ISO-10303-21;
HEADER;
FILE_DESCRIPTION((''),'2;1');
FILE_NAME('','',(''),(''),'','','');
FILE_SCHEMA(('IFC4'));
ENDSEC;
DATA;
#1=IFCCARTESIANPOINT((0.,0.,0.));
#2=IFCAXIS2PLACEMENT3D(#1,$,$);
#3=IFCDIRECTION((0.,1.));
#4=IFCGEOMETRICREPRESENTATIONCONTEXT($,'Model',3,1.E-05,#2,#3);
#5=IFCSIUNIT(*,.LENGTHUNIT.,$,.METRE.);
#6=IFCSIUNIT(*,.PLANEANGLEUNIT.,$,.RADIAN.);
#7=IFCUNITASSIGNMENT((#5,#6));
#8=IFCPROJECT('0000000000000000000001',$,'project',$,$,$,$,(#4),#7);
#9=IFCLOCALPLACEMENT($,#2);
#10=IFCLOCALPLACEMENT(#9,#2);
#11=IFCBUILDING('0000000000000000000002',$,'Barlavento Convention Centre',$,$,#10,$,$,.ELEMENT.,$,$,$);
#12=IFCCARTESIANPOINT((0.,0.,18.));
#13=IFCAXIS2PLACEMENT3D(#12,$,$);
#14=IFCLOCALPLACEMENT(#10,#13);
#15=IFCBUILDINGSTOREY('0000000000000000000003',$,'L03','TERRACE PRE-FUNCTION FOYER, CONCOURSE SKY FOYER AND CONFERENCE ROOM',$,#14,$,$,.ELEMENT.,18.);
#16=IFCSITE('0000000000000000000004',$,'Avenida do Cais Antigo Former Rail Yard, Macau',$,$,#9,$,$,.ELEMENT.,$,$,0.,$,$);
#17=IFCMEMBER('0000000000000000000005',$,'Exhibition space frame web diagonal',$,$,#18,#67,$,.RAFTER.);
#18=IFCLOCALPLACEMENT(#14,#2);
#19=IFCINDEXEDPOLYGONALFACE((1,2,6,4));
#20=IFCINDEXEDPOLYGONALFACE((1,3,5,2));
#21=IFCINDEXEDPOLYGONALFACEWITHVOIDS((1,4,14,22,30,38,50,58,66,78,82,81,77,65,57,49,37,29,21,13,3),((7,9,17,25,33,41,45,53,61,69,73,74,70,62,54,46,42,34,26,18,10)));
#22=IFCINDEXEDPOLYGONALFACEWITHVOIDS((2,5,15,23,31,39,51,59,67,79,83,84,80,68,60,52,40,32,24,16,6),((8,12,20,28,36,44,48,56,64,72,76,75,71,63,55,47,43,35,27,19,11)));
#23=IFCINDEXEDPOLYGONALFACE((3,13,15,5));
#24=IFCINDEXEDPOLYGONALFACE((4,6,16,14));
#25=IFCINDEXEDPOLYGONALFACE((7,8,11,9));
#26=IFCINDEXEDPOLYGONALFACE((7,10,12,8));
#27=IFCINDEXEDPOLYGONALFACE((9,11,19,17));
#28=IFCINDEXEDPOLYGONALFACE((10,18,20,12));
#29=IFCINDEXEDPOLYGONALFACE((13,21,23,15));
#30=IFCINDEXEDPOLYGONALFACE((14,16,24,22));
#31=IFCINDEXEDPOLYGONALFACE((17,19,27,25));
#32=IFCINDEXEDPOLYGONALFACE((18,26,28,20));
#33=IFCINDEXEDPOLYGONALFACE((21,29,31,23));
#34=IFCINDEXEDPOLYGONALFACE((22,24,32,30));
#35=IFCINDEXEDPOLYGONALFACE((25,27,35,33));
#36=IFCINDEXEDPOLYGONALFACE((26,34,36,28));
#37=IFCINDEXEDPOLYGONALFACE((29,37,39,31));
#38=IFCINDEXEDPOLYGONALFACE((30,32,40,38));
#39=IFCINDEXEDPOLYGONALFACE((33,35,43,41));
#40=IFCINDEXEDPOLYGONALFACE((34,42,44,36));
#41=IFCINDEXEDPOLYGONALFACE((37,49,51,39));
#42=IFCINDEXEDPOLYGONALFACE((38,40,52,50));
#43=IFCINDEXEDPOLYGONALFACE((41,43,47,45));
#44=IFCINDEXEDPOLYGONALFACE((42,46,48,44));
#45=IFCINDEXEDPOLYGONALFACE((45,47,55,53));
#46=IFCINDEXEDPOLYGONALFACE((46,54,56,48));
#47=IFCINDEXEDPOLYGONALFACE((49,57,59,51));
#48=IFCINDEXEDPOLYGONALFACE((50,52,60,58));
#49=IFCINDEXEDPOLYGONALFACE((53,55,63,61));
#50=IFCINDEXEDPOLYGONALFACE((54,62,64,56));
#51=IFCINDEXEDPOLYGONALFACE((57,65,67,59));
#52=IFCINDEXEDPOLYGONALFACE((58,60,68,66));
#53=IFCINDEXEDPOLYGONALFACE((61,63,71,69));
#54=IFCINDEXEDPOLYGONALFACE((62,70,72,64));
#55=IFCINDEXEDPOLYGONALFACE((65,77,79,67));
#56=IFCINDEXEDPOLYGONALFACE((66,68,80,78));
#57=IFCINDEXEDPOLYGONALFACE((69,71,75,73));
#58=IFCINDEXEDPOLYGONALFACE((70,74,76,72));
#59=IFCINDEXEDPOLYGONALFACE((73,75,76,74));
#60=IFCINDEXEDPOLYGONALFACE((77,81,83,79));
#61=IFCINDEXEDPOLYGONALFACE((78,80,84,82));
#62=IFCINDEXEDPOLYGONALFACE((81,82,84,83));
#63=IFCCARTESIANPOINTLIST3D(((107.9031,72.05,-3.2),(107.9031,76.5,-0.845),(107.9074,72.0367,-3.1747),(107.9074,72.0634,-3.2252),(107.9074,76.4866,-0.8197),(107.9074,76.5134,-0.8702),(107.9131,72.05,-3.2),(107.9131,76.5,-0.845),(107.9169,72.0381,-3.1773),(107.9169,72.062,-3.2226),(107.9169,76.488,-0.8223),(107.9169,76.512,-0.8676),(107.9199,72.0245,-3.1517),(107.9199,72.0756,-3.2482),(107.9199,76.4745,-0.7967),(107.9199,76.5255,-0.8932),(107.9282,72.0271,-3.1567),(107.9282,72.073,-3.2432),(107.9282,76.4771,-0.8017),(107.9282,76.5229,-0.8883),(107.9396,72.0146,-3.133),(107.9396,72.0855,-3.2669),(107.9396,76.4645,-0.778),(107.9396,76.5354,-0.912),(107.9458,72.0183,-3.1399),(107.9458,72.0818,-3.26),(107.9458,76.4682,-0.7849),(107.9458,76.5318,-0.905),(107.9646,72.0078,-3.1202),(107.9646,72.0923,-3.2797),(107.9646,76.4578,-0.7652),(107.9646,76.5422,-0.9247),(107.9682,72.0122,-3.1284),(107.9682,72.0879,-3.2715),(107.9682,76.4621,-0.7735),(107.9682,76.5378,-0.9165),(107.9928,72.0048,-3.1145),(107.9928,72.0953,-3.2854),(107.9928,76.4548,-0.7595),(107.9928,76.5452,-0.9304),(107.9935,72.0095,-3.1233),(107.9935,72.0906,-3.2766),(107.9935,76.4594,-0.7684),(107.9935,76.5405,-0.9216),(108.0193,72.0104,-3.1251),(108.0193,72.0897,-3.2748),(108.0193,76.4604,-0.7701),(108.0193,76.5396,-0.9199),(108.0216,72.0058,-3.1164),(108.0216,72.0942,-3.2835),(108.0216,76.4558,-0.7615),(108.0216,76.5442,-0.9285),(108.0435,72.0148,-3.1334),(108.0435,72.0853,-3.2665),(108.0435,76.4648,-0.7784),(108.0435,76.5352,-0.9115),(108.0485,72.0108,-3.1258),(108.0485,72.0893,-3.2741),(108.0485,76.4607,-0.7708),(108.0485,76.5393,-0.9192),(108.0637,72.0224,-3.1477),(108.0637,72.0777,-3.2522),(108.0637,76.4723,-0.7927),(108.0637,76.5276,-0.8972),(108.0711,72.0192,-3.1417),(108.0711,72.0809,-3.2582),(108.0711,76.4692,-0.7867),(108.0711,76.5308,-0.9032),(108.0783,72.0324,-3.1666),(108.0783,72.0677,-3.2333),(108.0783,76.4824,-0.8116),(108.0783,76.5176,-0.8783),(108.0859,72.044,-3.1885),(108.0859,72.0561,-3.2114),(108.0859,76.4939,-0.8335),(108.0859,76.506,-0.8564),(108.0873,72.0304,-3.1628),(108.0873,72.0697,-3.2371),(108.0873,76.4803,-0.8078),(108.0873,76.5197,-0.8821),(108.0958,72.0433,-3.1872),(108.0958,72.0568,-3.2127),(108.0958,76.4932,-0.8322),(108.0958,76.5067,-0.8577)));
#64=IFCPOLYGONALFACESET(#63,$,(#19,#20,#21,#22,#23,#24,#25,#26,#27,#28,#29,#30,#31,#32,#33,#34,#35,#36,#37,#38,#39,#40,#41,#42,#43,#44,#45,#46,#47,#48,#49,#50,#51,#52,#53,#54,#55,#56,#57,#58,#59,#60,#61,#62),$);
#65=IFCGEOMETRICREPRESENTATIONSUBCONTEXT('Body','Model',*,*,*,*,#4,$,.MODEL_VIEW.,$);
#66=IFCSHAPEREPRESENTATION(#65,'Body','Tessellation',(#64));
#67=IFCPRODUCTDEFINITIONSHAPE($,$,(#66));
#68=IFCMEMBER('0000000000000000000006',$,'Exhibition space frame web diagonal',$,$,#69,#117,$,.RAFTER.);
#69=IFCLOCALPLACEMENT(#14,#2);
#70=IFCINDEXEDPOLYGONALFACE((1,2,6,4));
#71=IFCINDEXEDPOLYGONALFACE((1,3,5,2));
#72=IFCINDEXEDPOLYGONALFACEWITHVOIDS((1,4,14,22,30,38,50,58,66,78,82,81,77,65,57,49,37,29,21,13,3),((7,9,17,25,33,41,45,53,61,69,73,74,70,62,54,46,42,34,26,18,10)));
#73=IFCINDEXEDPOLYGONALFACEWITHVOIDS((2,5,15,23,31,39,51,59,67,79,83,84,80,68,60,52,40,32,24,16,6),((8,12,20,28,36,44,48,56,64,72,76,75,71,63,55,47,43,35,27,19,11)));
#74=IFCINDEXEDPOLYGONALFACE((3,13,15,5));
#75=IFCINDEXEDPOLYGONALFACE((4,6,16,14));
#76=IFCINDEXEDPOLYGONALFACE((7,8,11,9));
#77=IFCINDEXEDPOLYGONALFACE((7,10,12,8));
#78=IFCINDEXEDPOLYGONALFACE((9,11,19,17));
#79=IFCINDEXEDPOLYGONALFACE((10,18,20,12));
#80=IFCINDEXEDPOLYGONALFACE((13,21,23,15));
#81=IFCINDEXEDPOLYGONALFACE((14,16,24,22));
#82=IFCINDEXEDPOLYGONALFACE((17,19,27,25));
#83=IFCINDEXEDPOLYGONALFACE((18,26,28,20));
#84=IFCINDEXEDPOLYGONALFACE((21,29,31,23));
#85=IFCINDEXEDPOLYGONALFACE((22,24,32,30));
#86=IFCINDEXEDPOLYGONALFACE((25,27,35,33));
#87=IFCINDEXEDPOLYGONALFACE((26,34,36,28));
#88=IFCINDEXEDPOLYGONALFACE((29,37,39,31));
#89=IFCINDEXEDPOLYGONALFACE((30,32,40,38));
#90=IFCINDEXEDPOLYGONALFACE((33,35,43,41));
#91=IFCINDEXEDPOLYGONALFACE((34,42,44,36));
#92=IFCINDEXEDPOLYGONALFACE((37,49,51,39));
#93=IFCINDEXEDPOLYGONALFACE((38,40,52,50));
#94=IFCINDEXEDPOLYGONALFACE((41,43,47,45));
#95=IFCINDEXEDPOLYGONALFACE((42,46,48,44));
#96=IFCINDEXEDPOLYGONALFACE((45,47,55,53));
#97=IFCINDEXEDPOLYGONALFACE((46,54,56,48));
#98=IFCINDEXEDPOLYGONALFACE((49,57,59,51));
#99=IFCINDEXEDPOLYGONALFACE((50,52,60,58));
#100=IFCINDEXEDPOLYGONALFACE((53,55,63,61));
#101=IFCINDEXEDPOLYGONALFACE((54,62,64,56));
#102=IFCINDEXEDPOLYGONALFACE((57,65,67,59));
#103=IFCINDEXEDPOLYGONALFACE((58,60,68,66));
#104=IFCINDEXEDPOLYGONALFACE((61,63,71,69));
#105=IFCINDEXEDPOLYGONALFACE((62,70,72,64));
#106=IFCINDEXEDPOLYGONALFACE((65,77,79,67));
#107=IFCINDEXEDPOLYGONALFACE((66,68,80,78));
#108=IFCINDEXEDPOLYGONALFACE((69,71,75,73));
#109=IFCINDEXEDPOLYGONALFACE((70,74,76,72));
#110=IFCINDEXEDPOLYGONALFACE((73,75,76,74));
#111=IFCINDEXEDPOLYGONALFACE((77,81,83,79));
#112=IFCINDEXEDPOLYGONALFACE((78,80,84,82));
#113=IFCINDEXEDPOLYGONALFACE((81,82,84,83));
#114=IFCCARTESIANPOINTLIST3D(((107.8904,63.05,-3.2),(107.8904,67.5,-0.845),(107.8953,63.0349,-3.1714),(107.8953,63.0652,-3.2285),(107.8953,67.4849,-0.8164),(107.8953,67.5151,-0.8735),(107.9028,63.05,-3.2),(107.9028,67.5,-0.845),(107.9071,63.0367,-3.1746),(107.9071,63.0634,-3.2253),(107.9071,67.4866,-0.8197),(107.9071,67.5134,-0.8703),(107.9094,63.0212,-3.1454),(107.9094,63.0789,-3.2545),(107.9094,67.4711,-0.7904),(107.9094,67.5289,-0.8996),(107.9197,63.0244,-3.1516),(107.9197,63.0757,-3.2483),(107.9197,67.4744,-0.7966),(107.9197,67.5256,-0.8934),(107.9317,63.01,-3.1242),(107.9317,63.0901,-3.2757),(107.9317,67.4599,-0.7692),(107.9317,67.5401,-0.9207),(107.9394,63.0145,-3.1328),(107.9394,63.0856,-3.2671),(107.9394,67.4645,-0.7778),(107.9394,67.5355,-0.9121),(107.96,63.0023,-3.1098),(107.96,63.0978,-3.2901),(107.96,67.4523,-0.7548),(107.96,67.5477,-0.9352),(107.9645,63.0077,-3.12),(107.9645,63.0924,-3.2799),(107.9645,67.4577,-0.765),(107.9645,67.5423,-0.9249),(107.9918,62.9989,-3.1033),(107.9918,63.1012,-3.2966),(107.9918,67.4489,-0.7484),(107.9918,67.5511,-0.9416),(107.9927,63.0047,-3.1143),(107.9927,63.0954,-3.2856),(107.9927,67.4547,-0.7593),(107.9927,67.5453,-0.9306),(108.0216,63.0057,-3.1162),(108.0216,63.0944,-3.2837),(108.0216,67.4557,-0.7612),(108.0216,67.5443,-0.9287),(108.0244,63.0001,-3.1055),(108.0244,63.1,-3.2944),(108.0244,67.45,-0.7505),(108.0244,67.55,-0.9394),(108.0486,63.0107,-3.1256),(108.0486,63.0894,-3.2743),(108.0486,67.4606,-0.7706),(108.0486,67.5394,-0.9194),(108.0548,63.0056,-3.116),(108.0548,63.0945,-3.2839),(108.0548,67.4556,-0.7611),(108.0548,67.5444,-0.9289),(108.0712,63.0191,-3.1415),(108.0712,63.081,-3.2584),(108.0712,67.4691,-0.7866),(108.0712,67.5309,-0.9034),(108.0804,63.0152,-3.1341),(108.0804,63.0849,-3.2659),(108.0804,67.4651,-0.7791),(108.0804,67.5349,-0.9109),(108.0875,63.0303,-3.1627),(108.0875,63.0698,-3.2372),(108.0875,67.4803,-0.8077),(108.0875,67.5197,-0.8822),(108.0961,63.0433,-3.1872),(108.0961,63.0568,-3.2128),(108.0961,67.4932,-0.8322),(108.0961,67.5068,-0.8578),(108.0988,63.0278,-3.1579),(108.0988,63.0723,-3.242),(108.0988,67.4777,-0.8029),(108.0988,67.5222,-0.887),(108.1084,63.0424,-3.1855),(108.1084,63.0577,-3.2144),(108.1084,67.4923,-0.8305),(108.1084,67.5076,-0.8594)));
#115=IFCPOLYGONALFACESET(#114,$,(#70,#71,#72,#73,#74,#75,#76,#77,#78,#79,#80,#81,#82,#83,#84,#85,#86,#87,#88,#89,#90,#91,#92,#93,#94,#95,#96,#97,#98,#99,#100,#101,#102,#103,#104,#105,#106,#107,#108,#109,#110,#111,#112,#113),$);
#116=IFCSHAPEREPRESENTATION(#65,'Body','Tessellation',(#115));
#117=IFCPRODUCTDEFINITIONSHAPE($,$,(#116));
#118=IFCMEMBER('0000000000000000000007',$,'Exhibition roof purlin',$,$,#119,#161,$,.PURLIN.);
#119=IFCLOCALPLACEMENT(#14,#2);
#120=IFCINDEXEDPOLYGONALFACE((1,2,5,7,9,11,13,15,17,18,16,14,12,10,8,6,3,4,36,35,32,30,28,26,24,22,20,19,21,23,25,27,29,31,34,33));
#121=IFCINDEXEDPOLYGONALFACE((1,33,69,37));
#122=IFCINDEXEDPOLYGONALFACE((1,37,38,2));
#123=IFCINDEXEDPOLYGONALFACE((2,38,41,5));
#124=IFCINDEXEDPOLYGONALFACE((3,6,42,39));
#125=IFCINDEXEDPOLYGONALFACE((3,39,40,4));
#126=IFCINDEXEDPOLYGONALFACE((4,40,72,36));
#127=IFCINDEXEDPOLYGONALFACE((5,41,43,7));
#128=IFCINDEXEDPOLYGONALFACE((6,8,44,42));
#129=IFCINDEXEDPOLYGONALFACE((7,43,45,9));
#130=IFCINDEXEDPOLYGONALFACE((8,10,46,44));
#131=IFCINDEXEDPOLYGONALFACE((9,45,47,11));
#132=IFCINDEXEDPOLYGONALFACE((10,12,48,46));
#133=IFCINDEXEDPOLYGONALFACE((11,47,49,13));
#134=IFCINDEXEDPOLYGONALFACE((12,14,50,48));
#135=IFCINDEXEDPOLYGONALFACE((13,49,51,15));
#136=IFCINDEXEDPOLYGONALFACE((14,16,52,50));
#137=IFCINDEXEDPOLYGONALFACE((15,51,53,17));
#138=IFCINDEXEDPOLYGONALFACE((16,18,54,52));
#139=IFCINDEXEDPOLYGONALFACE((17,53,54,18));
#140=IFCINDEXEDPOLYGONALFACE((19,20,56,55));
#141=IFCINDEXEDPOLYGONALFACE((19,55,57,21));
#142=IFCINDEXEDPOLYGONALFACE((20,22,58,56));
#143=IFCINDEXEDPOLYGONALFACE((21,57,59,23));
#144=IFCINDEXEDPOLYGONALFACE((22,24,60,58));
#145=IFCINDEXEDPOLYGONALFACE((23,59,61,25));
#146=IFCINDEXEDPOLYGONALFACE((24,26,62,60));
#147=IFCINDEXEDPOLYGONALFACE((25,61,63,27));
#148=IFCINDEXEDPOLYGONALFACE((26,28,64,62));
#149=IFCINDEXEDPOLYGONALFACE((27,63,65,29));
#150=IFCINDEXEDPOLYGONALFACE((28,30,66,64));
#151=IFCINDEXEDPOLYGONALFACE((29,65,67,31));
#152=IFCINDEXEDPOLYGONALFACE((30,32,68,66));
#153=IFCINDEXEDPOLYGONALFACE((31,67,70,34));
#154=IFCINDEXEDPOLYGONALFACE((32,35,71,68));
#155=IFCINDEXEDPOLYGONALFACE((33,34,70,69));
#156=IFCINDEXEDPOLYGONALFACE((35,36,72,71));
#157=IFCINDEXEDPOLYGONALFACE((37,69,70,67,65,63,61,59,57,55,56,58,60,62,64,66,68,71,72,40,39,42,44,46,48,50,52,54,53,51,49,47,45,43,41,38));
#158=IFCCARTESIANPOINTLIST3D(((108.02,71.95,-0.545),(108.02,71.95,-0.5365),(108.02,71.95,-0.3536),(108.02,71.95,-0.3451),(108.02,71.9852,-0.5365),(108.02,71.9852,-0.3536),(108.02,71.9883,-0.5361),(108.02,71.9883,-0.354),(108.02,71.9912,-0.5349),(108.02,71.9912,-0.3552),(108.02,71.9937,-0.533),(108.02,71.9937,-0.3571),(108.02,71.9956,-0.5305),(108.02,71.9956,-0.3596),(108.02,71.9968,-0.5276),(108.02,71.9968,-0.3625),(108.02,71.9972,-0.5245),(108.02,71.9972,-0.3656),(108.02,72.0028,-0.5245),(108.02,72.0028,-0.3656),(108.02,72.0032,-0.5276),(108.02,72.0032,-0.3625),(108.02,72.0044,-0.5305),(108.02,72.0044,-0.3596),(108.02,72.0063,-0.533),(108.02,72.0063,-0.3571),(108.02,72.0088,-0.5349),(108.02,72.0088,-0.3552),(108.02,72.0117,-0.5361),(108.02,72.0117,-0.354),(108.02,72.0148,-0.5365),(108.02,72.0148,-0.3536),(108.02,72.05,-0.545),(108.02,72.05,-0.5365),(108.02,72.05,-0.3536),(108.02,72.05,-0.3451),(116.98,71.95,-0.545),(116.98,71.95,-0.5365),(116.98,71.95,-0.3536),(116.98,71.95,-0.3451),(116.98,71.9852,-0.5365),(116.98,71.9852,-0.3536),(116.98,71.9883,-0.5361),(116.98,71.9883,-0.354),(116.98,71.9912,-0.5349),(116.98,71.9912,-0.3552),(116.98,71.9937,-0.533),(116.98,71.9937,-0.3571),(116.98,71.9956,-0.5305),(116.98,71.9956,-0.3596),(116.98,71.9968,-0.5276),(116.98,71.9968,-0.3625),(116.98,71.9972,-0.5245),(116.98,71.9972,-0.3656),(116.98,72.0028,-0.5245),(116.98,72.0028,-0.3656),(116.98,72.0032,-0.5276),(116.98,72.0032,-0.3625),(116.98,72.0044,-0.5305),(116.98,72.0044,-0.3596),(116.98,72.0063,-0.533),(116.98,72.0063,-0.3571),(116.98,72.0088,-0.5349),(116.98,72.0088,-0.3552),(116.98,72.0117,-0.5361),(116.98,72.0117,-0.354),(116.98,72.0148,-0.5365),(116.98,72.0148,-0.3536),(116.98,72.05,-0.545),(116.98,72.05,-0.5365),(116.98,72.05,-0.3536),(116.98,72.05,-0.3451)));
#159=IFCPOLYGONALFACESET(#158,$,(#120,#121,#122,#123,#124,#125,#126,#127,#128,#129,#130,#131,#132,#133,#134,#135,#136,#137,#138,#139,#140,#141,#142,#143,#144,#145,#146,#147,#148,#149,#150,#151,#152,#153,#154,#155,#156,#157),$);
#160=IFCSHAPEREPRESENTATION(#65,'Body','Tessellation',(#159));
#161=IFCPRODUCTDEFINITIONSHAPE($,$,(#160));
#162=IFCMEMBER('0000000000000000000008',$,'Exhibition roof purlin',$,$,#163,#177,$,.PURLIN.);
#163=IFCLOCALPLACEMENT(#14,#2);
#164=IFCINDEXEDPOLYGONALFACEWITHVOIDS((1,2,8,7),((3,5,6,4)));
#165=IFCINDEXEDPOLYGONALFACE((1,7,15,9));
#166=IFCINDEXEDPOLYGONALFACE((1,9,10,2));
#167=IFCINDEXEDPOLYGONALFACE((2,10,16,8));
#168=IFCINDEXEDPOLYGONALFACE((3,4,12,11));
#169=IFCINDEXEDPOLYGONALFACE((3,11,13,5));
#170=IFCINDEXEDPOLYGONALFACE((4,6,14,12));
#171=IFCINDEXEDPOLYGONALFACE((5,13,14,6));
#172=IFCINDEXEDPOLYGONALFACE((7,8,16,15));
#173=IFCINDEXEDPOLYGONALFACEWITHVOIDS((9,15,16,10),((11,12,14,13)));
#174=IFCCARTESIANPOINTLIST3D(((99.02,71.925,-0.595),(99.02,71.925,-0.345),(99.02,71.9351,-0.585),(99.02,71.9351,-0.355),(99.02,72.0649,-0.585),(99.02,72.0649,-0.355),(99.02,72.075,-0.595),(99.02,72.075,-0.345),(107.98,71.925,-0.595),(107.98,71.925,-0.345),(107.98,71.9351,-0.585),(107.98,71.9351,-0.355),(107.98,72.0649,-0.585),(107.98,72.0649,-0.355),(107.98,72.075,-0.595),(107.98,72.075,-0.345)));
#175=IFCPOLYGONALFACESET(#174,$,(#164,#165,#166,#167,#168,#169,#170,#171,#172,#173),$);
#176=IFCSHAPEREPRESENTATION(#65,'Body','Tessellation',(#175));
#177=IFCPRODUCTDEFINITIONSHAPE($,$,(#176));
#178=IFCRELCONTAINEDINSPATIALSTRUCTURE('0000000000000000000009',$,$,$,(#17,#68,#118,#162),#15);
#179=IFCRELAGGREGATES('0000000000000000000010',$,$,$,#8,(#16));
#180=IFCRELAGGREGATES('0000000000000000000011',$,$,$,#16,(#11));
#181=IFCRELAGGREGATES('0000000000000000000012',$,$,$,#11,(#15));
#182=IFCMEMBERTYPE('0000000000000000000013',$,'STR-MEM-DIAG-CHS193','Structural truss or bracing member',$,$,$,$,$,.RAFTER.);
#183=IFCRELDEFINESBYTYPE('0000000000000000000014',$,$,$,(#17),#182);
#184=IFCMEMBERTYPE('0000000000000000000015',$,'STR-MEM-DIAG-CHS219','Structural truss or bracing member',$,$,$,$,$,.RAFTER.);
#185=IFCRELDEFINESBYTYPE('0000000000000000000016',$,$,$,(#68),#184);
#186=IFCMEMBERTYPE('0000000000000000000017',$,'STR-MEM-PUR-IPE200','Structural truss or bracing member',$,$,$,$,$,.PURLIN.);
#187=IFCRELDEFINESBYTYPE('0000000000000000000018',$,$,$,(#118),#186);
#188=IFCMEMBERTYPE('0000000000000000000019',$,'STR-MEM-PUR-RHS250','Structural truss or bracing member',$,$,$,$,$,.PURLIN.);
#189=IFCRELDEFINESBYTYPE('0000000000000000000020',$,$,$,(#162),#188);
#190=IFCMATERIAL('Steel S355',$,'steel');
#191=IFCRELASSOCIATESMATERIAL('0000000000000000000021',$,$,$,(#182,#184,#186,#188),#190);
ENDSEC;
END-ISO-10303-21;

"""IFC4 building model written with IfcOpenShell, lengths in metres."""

from ifc_helpers import new_model, si_unit, direction, frame, origin, origin_2d, place, context, subcontext, project, spatial, hollow_rectangle, hollow_circle, i_section, extrude, material, material_profile, profile_set, type_object, element, save


model = new_model("IFC4")

# Units and contexts
model_context = context("Model", 3, precision=1e-05, world=origin(), true_north=direction((0.0, 1.0)))
body_context = subcontext(model_context, "Body", "Model", "MODEL_VIEW")
ifc_project = project(units=[si_unit("LENGTHUNIT", "METRE"), si_unit("PLANEANGLEUNIT", "RADIAN")], contexts=[model_context])

# Site, building, storey
site_placement = place(None, origin())
site = spatial("IfcSite", under=ifc_project, at=site_placement, Name="Avenida do Cais Antigo Former Rail Yard, Macau", CompositionType="ELEMENT", RefElevation=0.0)
building_placement = place(site_placement, origin())
building = spatial("IfcBuilding", under=site, at=building_placement, Name="Barlavento Convention Centre", CompositionType="ELEMENT")
storey_placement = place(building_placement, frame((0.0, 0.0, 18.0)))
storey = spatial("IfcBuildingStorey", under=building, at=storey_placement, Name="L03", Description="TERRACE PRE-FUNCTION FOYER, CONCOURSE SKY FOYER AND CONFERENCE ROOM", CompositionType="ELEMENT", Elevation=18.0)

# Shared definitions
ifc_material_1 = material(Name="Steel S355", Category="steel")

# Members
ifc_material_profile_1 = material_profile(ifc_material_1, hollow_circle(Radius=0.0969, WallThickness=0.01, at=origin_2d()), Name="CHS 193.7x10.0")
ifc_profile_set_1 = profile_set([ifc_material_profile_1], Name="Steel S355")
member_type_1 = type_object("IfcMemberType", Name="STR-MEM-DIAG-CHS193", Description="Structural truss or bracing member", PredefinedType="RAFTER", material=ifc_profile_set_1)
member_1_placement = place(storey_placement, frame((108.0, 72.05, -3.2), z_axis=(0.0, 0.88386, 0.467752), x_axis=(-1.0, 0.0, 0.0)))
element("IfcMember", 1, at=member_1_placement, inside=storey, type_object=member_type_1, Name="Exhibition space frame web diagonal", PredefinedType="RAFTER", context=body_context, shape_type="SweptSolid", body=[
    extrude(hollow_circle(Radius=0.0969, WallThickness=0.01, at=origin_2d()), origin(), (0.0, 0.0, 1.0), 5.0347),
])
ifc_material_profile_2 = material_profile(ifc_material_1, hollow_circle(Radius=0.1096, WallThickness=0.0125, at=origin_2d()), Name="CHS 219.1x12.5")
ifc_profile_set_2 = profile_set([ifc_material_profile_2], Name="Steel S355")
member_type_2 = type_object("IfcMemberType", Name="STR-MEM-DIAG-CHS219", Description="Structural truss or bracing member", PredefinedType="RAFTER", material=ifc_profile_set_2)
member_2_placement = place(storey_placement, frame((108.0, 63.05, -3.2), z_axis=(0.0, 0.88386, 0.467752), x_axis=(-1.0, 0.0, 0.0)))
element("IfcMember", 2, at=member_2_placement, inside=storey, type_object=member_type_2, Name="Exhibition space frame web diagonal", PredefinedType="RAFTER", context=body_context, shape_type="SweptSolid", body=[
    extrude(hollow_circle(Radius=0.1096, WallThickness=0.0125, at=origin_2d()), origin(), (0.0, 0.0, 1.0), 5.0347),
])
ifc_material_profile_3 = material_profile(ifc_material_1, i_section(OverallWidth=0.1001, OverallDepth=0.2, WebThickness=0.0056, FlangeThickness=0.0085, FilletRadius=0.012, at=origin_2d()), Name="IPE 200")
ifc_profile_set_3 = profile_set([ifc_material_profile_3], Name="Steel S355")
member_type_3 = type_object("IfcMemberType", Name="STR-MEM-PUR-IPE200", Description="Structural truss or bracing member", PredefinedType="PURLIN", material=ifc_profile_set_3)
member_3_placement = place(storey_placement, frame((108.02, 72.0, -0.4451), z_axis=(1.0, 0.0, 0.0), x_axis=(0.0, 1.0, 0.0)))
element("IfcMember", 3, at=member_3_placement, inside=storey, type_object=member_type_3, Name="Exhibition roof purlin", PredefinedType="PURLIN", context=body_context, shape_type="SweptSolid", body=[
    extrude(i_section(OverallWidth=0.1001, OverallDepth=0.2, WebThickness=0.0056, FlangeThickness=0.0085, FilletRadius=0.012, at=origin_2d()), origin(), (0.0, 0.0, 1.0), 8.96),
])
ifc_material_profile_4 = material_profile(ifc_material_1, hollow_rectangle(XDim=0.1499, YDim=0.25, WallThickness=0.01, at=origin_2d()), Name="RHS 250x150x10.0")
ifc_profile_set_4 = profile_set([ifc_material_profile_4], Name="Steel S355")
member_type_4 = type_object("IfcMemberType", Name="STR-MEM-PUR-RHS250", Description="Structural truss or bracing member", PredefinedType="PURLIN", material=ifc_profile_set_4)
member_4_placement = place(storey_placement, frame((99.02, 72.0, -0.47), z_axis=(1.0, 0.0, 0.0), x_axis=(0.0, 1.0, 0.0)))
element("IfcMember", 4, at=member_4_placement, inside=storey, type_object=member_type_4, Name="Exhibition roof purlin", PredefinedType="PURLIN", context=body_context, shape_type="SweptSolid", body=[
    extrude(hollow_rectangle(XDim=0.1499, YDim=0.25, WallThickness=0.01, at=origin_2d()), origin(), (0.0, 0.0, 1.0), 8.96),
])

save(model, "model.ifc")
